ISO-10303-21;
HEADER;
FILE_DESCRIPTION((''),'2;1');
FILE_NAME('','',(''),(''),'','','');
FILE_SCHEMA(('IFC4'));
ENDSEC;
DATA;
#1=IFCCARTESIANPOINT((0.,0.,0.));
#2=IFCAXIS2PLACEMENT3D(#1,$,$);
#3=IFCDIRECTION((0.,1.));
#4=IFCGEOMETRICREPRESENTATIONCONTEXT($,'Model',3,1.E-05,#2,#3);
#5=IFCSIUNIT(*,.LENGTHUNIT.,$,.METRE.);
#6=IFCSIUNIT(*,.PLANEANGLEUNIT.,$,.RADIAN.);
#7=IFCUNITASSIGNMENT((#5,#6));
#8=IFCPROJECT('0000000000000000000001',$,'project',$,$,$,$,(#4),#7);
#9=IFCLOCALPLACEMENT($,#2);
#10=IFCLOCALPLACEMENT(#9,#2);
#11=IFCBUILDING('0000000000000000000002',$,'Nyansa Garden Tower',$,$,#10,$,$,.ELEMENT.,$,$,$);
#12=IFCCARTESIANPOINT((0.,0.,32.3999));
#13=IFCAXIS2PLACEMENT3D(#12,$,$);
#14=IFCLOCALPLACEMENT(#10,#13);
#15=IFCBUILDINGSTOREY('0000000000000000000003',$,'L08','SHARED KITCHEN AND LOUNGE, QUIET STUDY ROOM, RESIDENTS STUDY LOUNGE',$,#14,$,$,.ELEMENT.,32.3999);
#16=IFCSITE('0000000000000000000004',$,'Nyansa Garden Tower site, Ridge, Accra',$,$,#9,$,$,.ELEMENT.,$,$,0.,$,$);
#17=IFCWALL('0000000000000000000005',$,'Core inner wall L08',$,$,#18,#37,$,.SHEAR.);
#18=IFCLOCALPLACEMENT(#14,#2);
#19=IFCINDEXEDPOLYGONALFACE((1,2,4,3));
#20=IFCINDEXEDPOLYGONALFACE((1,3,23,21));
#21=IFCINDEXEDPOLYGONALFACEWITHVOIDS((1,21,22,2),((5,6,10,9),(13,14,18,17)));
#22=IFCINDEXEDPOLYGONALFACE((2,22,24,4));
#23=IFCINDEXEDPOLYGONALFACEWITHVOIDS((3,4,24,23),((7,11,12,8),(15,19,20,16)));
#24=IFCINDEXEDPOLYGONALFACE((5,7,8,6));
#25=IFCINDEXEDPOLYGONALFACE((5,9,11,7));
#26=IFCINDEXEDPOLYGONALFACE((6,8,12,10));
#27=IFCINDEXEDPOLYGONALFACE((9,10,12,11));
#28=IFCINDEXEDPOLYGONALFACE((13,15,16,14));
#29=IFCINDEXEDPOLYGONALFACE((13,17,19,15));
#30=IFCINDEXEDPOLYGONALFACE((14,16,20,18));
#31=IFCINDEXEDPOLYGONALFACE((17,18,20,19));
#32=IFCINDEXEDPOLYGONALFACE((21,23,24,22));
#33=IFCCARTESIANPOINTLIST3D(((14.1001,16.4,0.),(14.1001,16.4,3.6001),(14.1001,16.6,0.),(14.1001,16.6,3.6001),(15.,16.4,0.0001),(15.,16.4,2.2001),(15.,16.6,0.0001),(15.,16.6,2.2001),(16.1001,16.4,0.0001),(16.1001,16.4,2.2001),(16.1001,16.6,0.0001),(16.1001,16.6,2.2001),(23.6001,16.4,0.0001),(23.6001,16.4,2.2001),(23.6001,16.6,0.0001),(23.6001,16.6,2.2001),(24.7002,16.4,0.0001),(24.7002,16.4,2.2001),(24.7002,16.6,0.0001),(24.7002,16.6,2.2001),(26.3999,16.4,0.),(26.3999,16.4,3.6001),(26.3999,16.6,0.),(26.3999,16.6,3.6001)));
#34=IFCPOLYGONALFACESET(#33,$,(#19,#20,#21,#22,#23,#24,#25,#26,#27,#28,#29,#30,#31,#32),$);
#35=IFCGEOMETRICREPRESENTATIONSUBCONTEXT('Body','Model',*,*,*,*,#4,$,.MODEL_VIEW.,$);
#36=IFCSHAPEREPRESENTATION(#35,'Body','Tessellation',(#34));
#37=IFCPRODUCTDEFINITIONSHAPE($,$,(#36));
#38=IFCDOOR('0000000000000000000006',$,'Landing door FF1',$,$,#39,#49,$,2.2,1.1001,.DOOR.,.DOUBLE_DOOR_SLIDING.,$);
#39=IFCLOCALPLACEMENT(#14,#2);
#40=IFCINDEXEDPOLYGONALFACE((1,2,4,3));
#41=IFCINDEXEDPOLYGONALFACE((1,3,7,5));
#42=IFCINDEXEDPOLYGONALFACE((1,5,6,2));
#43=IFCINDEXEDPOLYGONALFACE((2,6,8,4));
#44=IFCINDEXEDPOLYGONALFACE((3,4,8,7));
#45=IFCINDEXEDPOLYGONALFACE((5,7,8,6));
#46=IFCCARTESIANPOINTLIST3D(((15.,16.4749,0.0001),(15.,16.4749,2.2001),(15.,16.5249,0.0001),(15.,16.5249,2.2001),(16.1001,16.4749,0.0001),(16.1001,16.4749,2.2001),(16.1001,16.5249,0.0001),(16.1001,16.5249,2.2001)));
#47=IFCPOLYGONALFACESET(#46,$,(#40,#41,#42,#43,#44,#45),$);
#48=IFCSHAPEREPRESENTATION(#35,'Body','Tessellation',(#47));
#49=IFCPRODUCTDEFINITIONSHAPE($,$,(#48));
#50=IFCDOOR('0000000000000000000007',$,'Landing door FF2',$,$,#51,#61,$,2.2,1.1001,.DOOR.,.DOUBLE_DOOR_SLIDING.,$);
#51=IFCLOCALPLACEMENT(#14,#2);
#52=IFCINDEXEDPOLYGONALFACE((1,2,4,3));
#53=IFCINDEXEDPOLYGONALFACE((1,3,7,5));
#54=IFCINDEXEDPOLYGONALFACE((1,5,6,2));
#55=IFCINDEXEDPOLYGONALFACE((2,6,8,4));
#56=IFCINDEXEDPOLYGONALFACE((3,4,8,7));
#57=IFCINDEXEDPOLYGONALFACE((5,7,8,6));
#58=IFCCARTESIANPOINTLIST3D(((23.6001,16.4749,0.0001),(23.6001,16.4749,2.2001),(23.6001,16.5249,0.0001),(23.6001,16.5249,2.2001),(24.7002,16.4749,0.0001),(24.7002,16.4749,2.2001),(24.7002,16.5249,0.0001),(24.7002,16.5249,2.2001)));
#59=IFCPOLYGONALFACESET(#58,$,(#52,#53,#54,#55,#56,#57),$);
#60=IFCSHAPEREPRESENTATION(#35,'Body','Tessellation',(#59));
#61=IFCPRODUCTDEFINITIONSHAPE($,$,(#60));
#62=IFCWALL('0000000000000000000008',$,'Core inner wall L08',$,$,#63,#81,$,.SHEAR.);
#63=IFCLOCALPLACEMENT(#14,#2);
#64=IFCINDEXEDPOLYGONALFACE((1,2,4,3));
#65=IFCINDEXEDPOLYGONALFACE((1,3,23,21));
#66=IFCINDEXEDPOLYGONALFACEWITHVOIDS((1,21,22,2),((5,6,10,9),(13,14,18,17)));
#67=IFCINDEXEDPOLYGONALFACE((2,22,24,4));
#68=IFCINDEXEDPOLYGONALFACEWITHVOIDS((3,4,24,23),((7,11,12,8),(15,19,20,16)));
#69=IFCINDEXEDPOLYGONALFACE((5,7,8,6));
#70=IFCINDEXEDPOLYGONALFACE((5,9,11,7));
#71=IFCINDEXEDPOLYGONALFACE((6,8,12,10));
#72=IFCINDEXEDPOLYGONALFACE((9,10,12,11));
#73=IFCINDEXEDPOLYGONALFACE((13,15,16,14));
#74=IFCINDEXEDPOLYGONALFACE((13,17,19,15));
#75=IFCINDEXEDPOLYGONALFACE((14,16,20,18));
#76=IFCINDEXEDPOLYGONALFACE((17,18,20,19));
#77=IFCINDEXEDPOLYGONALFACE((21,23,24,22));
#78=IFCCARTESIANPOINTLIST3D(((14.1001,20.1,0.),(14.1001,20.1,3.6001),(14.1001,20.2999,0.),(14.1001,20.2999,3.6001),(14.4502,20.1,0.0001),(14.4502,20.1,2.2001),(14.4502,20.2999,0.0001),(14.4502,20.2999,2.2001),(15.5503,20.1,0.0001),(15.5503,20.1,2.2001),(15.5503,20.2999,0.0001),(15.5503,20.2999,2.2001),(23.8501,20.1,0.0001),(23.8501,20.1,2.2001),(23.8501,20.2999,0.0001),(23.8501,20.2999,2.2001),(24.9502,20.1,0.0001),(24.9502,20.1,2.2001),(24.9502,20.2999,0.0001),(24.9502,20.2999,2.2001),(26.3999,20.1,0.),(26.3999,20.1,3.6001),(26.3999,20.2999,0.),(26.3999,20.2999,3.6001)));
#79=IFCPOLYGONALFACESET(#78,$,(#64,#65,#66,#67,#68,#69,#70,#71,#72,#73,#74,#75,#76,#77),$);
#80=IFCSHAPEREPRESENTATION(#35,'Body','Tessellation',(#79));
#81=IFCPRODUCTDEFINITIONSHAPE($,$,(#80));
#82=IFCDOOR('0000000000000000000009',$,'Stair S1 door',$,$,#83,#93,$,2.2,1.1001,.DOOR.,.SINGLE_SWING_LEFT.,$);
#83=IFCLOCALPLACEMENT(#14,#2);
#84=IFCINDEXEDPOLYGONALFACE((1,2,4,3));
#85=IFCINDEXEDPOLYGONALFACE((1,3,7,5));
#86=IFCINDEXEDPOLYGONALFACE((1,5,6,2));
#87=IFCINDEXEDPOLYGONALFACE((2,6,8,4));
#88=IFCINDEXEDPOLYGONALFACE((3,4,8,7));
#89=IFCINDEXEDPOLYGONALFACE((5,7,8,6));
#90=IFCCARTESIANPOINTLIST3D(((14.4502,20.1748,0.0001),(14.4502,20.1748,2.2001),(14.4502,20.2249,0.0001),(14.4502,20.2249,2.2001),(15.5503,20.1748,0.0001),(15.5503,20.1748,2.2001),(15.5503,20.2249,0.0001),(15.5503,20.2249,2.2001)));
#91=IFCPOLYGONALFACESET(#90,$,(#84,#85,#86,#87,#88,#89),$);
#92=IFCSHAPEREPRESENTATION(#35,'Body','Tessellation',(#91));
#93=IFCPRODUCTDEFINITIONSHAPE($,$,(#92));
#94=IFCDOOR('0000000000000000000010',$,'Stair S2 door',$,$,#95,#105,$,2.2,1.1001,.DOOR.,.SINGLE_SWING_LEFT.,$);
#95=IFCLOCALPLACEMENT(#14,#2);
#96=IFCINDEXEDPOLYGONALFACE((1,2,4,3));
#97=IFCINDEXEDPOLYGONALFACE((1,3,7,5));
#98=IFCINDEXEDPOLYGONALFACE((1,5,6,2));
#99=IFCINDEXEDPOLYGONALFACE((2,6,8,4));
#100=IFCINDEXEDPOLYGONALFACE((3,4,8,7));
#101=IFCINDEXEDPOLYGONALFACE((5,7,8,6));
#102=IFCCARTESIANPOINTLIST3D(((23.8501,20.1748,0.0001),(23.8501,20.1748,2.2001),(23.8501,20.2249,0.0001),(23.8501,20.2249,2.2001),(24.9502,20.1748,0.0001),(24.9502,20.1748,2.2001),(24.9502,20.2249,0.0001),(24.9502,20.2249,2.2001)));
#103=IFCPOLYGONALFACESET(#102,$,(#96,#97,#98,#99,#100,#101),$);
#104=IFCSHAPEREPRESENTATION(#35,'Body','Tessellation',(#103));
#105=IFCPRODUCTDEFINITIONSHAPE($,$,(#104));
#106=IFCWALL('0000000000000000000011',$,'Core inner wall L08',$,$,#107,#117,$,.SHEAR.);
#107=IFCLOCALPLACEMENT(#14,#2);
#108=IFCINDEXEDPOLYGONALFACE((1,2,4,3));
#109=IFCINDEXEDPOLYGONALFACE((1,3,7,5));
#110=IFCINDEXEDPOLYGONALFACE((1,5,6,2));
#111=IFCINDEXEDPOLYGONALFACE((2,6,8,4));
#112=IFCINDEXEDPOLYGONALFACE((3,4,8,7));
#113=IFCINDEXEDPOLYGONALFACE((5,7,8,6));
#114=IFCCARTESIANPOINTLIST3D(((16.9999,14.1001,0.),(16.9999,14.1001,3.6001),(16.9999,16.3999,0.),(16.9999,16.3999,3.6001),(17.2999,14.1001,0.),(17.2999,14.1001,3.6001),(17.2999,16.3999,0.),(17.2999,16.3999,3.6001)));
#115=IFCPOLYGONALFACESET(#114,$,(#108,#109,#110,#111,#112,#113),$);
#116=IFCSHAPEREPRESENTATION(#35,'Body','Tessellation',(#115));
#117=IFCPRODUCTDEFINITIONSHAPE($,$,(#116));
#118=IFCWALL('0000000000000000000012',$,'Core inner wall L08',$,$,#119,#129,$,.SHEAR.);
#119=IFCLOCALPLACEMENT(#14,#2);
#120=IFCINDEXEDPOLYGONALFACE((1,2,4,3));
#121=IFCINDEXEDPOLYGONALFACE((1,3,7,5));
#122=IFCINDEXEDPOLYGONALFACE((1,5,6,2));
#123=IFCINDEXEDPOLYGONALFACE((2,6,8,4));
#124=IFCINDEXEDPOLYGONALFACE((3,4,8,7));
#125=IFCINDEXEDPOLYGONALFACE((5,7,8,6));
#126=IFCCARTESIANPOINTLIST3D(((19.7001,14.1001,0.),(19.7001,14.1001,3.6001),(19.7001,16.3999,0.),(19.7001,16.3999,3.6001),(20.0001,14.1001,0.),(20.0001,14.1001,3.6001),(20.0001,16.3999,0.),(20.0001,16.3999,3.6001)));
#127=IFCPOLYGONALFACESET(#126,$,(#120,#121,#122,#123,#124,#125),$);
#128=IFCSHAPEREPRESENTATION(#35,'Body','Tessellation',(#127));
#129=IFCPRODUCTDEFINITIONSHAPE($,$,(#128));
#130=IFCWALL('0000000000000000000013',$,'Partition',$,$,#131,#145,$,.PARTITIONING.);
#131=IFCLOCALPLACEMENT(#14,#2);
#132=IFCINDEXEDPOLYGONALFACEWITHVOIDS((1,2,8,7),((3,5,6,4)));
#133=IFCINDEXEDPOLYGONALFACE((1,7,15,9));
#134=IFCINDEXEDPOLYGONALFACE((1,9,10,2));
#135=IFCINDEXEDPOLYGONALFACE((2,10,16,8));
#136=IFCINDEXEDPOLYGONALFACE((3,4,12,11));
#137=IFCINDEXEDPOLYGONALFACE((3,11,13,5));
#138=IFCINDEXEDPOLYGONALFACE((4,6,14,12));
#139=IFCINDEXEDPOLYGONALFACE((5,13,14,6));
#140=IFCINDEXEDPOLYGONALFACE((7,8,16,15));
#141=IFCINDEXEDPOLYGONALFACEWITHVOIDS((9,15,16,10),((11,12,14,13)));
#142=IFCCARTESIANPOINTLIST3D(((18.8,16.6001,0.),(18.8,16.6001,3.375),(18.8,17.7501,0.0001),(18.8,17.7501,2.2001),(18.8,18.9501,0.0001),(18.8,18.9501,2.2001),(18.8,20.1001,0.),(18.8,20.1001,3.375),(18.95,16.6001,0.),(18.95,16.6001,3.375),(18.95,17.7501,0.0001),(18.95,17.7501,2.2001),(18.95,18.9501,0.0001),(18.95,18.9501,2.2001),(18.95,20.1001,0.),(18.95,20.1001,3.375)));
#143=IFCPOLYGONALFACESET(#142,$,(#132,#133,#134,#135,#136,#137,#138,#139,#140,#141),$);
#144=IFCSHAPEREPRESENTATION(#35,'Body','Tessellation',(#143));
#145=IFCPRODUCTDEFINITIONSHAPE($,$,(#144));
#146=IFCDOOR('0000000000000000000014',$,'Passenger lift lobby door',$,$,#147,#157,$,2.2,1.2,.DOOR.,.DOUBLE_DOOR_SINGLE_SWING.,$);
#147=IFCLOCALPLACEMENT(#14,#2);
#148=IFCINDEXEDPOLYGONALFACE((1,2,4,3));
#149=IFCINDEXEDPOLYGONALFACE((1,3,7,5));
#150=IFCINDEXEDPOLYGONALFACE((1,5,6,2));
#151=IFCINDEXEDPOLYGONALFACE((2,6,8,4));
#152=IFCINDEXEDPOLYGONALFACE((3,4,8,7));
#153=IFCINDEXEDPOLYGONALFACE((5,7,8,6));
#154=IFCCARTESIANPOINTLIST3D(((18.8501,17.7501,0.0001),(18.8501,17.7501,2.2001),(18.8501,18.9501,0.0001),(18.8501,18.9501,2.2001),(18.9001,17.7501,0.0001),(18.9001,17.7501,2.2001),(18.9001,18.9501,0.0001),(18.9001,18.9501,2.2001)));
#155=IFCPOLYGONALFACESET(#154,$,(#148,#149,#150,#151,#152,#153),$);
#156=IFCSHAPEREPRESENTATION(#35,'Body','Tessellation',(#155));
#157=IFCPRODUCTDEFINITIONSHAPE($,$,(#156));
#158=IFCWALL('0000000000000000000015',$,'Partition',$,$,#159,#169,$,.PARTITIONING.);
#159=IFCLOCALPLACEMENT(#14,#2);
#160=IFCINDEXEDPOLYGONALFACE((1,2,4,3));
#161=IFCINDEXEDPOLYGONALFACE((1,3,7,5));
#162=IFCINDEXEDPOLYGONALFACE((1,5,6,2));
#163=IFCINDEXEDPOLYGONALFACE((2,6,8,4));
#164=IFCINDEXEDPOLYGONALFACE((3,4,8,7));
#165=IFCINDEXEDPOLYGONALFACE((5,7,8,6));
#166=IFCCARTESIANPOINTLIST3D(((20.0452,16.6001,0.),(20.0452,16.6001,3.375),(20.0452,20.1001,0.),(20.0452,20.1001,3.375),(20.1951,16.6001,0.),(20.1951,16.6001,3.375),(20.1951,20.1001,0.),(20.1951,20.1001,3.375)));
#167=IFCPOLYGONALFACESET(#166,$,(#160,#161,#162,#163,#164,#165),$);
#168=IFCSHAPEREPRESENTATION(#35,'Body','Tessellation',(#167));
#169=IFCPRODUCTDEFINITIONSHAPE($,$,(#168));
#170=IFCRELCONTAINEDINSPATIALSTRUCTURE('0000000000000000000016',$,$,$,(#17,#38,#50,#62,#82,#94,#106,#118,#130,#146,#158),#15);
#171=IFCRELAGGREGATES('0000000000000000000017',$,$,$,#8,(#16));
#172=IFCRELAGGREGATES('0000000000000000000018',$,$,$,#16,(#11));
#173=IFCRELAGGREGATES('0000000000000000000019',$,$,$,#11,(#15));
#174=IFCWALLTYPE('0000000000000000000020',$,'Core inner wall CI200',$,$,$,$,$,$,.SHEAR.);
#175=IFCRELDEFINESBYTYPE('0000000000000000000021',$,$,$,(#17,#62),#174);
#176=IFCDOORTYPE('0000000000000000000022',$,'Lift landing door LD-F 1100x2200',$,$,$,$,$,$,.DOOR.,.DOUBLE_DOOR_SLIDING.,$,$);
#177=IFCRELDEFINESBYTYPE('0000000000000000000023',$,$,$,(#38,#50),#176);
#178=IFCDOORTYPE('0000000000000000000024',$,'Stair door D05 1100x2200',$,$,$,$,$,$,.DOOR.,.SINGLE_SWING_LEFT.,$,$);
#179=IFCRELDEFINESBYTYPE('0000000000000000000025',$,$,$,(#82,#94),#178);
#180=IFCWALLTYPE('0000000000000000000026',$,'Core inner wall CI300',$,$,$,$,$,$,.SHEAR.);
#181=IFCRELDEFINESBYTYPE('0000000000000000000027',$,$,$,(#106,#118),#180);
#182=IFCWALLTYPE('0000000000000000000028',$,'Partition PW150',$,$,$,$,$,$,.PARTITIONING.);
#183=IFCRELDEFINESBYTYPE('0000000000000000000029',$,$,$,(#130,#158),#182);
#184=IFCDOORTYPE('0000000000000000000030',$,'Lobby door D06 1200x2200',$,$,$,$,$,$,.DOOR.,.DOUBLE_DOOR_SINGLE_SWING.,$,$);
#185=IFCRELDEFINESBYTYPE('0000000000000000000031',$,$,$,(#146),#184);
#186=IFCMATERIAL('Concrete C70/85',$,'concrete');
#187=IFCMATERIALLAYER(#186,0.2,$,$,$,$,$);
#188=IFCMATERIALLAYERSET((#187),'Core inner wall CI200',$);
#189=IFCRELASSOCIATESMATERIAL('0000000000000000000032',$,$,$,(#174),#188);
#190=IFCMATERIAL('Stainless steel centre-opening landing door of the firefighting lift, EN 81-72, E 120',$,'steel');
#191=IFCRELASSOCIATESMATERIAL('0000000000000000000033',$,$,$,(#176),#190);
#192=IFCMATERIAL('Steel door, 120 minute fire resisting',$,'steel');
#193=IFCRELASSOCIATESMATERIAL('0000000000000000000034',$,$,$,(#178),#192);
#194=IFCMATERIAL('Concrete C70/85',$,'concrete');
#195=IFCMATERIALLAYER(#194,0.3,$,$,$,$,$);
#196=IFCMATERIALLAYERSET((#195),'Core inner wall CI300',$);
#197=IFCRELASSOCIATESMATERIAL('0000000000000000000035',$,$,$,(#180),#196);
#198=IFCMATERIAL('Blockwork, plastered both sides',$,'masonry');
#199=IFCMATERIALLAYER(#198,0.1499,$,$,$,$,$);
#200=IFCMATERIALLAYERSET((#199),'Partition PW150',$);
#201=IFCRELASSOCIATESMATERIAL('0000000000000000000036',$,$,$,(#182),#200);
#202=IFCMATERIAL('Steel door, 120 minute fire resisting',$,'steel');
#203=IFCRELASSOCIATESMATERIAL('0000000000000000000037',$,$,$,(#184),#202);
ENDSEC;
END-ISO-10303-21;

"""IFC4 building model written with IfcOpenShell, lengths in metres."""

from ifc_helpers import new_model, si_unit, direction, frame, frame_2d, origin, place, context, subcontext, project, spatial, rectangle, extrude, material, layer, layer_set, type_object, element, fill, save


model = new_model("IFC4")

# Units and contexts
model_context = context("Model", 3, precision=1e-05, world=origin(), true_north=direction((0.0, 1.0)))
body_context = subcontext(model_context, "Body", "Model", "MODEL_VIEW")
ifc_project = project(units=[si_unit("LENGTHUNIT", "METRE"), si_unit("PLANEANGLEUNIT", "RADIAN")], contexts=[model_context])

# Site, building, storey
site_placement = place(None, origin())
site = spatial("IfcSite", under=ifc_project, at=site_placement, Name="Nyansa Garden Tower site, Ridge, Accra", CompositionType="ELEMENT", RefElevation=0.0)
building_placement = place(site_placement, origin())
building = spatial("IfcBuilding", under=site, at=building_placement, Name="Nyansa Garden Tower", CompositionType="ELEMENT")
storey_placement = place(building_placement, frame((0.0, 0.0, 32.3999)))
storey = spatial("IfcBuildingStorey", under=building, at=storey_placement, Name="L08", Description="SHARED KITCHEN AND LOUNGE, QUIET STUDY ROOM, RESIDENTS STUDY LOUNGE", CompositionType="ELEMENT", Elevation=32.3999)

# Walls, openings, doors
ifc_material_1 = material(Name="Concrete C70/85", Category="concrete")
ifc_layer_1 = layer(ifc_material_1, 0.2)
ifc_layer_set_1 = layer_set([ifc_layer_1], Name="Core inner wall CI200")
wall_type_1 = type_object("IfcWallType", Name="Core inner wall CI200", PredefinedType="SHEAR", material=ifc_layer_set_1)
wall_1_placement = place(storey_placement, frame((14.1001, 16.5, 0.0), z_axis=(0.0, 0.0, 1.0), x_axis=(1.0, 0.0, 0.0)))
wall_1 = element("IfcWall", 1, at=wall_1_placement, inside=storey, type_object=wall_type_1, Name="Core inner wall L08", PredefinedType="SHEAR", context=body_context, shape_type="SweptSolid", body=[
    extrude(rectangle(XDim=12.2998, YDim=0.2, at=frame_2d((6.1499, 0.0))), origin(), (0.0, 0.0, 1.0), 3.6001),
])
opening_1_placement = place(wall_1_placement, frame((0.8999, 0.0, 0.0)))
opening_1 = element("IfcOpeningElement", 2, at=opening_1_placement, cuts=wall_1, PredefinedType="OPENING", context=body_context, shape_type="SweptSolid", body=[
    extrude(rectangle(XDim=1.1001, YDim=2.2, at=frame_2d((0.55, 1.1001))), frame((0.0, 0.1099, 0.0), z_axis=(0.0, -1.0, 0.0), x_axis=(1.0, 0.0, 0.0)), (0.0, 0.0, 1.0), 0.22),
])
opening_2_placement = place(wall_1_placement, frame((9.5, 0.0, 0.0)))
opening_2 = element("IfcOpeningElement", 3, at=opening_2_placement, cuts=wall_1, PredefinedType="OPENING", context=body_context, shape_type="SweptSolid", body=[
    extrude(rectangle(XDim=1.1001, YDim=2.2, at=frame_2d((0.55, 1.1001))), frame((0.0, 0.1099, 0.0), z_axis=(0.0, -1.0, 0.0), x_axis=(1.0, 0.0, 0.0)), (0.0, 0.0, 1.0), 0.22),
])
ifc_material_2 = material(Name="Stainless steel centre-opening landing door of the firefighting lift, EN 81-72, E 120", Category="steel")
door_type_1 = type_object("IfcDoorType", Name="Lift landing door LD-F 1100x2200", OperationType="DOUBLE_DOOR_SLIDING", PredefinedType="DOOR", material=ifc_material_2)
door_1_placement = place(opening_1_placement, origin())
door_1 = element("IfcDoor", 4, at=door_1_placement, inside=storey, type_object=door_type_1, Name="Landing door FF1", OperationType="DOUBLE_DOOR_SLIDING", OverallHeight=2.2, OverallWidth=1.1001, PredefinedType="DOOR", context=body_context, shape_type="SweptSolid", body=[
    extrude(rectangle(XDim=1.1001, YDim=2.2, at=frame_2d((0.55, 1.1001))), frame((0.0, 0.0249, 0.0), z_axis=(0.0, -1.0, 0.0), x_axis=(1.0, 0.0, 0.0)), (0.0, 0.0, 1.0), 0.05),
])
fill(opening_1, door_1)
door_2_placement = place(opening_2_placement, origin())
door_2 = element("IfcDoor", 5, at=door_2_placement, inside=storey, type_object=door_type_1, Name="Landing door FF2", OperationType="DOUBLE_DOOR_SLIDING", OverallHeight=2.2, OverallWidth=1.1001, PredefinedType="DOOR", context=body_context, shape_type="SweptSolid", body=[
    extrude(rectangle(XDim=1.1001, YDim=2.2, at=frame_2d((0.55, 1.1001))), frame((0.0, 0.0249, 0.0), z_axis=(0.0, -1.0, 0.0), x_axis=(1.0, 0.0, 0.0)), (0.0, 0.0, 1.0), 0.05),
])
fill(opening_2, door_2)
wall_2_placement = place(storey_placement, frame((14.1001, 20.2, 0.0), z_axis=(0.0, 0.0, 1.0), x_axis=(1.0, 0.0, 0.0)))
wall_2 = element("IfcWall", 6, at=wall_2_placement, inside=storey, type_object=wall_type_1, Name="Core inner wall L08", PredefinedType="SHEAR", context=body_context, shape_type="SweptSolid", body=[
    extrude(rectangle(XDim=12.2998, YDim=0.2, at=frame_2d((6.1499, 0.0))), origin(), (0.0, 0.0, 1.0), 3.6001),
])
opening_3_placement = place(wall_2_placement, frame((0.3501, 0.0, 0.0)))
opening_3 = element("IfcOpeningElement", 7, at=opening_3_placement, cuts=wall_2, PredefinedType="OPENING", context=body_context, shape_type="SweptSolid", body=[
    extrude(rectangle(XDim=1.1001, YDim=2.2, at=frame_2d((0.55, 1.1001))), frame((0.0, 0.1099, 0.0), z_axis=(0.0, -1.0, 0.0), x_axis=(1.0, 0.0, 0.0)), (0.0, 0.0, 1.0), 0.22),
])
opening_4_placement = place(wall_2_placement, frame((9.75, 0.0, 0.0)))
opening_4 = element("IfcOpeningElement", 8, at=opening_4_placement, cuts=wall_2, PredefinedType="OPENING", context=body_context, shape_type="SweptSolid", body=[
    extrude(rectangle(XDim=1.1001, YDim=2.2, at=frame_2d((0.55, 1.1001))), frame((0.0, 0.1099, 0.0), z_axis=(0.0, -1.0, 0.0), x_axis=(1.0, 0.0, 0.0)), (0.0, 0.0, 1.0), 0.22),
])
ifc_material_3 = material(Name="Steel door, 120 minute fire resisting", Category="steel")
door_type_2 = type_object("IfcDoorType", Name="Stair door D05 1100x2200", OperationType="SINGLE_SWING_LEFT", PredefinedType="DOOR", material=ifc_material_3)
door_3_placement = place(opening_3_placement, origin())
door_3 = element("IfcDoor", 9, at=door_3_placement, inside=storey, type_object=door_type_2, Name="Stair S1 door", OperationType="SINGLE_SWING_LEFT", OverallHeight=2.2, OverallWidth=1.1001, PredefinedType="DOOR", context=body_context, shape_type="SweptSolid", body=[
    extrude(rectangle(XDim=1.1001, YDim=2.2, at=frame_2d((0.55, 1.1001))), frame((0.0, 0.0249, 0.0), z_axis=(0.0, -1.0, 0.0), x_axis=(1.0, 0.0, 0.0)), (0.0, 0.0, 1.0), 0.05),
])
fill(opening_3, door_3)
door_4_placement = place(opening_4_placement, origin())
door_4 = element("IfcDoor", 10, at=door_4_placement, inside=storey, type_object=door_type_2, Name="Stair S2 door", OperationType="SINGLE_SWING_LEFT", OverallHeight=2.2, OverallWidth=1.1001, PredefinedType="DOOR", context=body_context, shape_type="SweptSolid", body=[
    extrude(rectangle(XDim=1.1001, YDim=2.2, at=frame_2d((0.55, 1.1001))), frame((0.0, 0.0249, 0.0), z_axis=(0.0, -1.0, 0.0), x_axis=(1.0, 0.0, 0.0)), (0.0, 0.0, 1.0), 0.05),
])
fill(opening_4, door_4)

# Walls
ifc_material_4 = material(Name="Concrete C70/85", Category="concrete")
ifc_layer_2 = layer(ifc_material_4, 0.3)
ifc_layer_set_2 = layer_set([ifc_layer_2], Name="Core inner wall CI300")
wall_type_2 = type_object("IfcWallType", Name="Core inner wall CI300", PredefinedType="SHEAR", material=ifc_layer_set_2)
for number, where, z_axis, x_axis, name in (
    (11, (17.1499, 14.1001, 0.0), (0.0, 0.0, 1.0), (0.0, 1.0, 0.0), "Core inner wall L08"),
    (12, (19.8501, 14.1001, 0.0), (0.0, 0.0, 1.0), (0.0, 1.0, 0.0), "Core inner wall L08"),
):
    element("IfcWall", number, at=place(storey_placement, frame(where, z_axis=z_axis, x_axis=x_axis)), inside=storey, type_object=wall_type_2, Name=name, PredefinedType="SHEAR", context=body_context, shape_type="SweptSolid", body=[
        extrude(rectangle(XDim=2.2998, YDim=0.3, at=frame_2d((1.1499, 0.0))), origin(), (0.0, 0.0, 1.0), 3.6001),
    ])

# Wall, opening, door
ifc_material_5 = material(Name="Blockwork, plastered both sides", Category="masonry")
ifc_layer_3 = layer(ifc_material_5, 0.1499)
ifc_layer_set_3 = layer_set([ifc_layer_3], Name="Partition PW150")
wall_type_3 = type_object("IfcWallType", Name="Partition PW150", PredefinedType="PARTITIONING", material=ifc_layer_set_3)
wall_3_placement = place(storey_placement, frame((18.875, 16.6001, 0.0), z_axis=(0.0, 0.0, 1.0), x_axis=(0.0, 1.0, 0.0)))
wall_3 = element("IfcWall", 13, at=wall_3_placement, inside=storey, type_object=wall_type_3, Name="Partition", PredefinedType="PARTITIONING", context=body_context, shape_type="SweptSolid", body=[
    extrude(rectangle(XDim=3.5, YDim=0.1499, at=frame_2d((1.75, 0.0))), origin(), (0.0, 0.0, 1.0), 3.375),
])
opening_5_placement = place(wall_3_placement, frame((1.1499, 0.0, 0.0)))
opening_5 = element("IfcOpeningElement", 14, at=opening_5_placement, cuts=wall_3, PredefinedType="OPENING", context=body_context, shape_type="SweptSolid", body=[
    extrude(rectangle(XDim=1.2, YDim=2.2, at=frame_2d((0.6001, 1.1001))), frame((0.0, 0.085, 0.0), z_axis=(0.0, -1.0, 0.0), x_axis=(1.0, 0.0, 0.0)), (0.0, 0.0, 1.0), 0.1699),
])
ifc_material_6 = material(Name="Steel door, 120 minute fire resisting", Category="steel")
door_type_3 = type_object("IfcDoorType", Name="Lobby door D06 1200x2200", OperationType="DOUBLE_DOOR_SINGLE_SWING", PredefinedType="DOOR", material=ifc_material_6)
door_5_placement = place(opening_5_placement, origin())
door_5 = element("IfcDoor", 15, at=door_5_placement, inside=storey, type_object=door_type_3, Name="Passenger lift lobby door", OperationType="DOUBLE_DOOR_SINGLE_SWING", OverallHeight=2.2, OverallWidth=1.2, PredefinedType="DOOR", context=body_context, shape_type="SweptSolid", body=[
    extrude(rectangle(XDim=1.2, YDim=2.2, at=frame_2d((0.6001, 1.1001))), frame((0.0, 0.0249, 0.0), z_axis=(0.0, -1.0, 0.0), x_axis=(1.0, 0.0, 0.0)), (0.0, 0.0, 1.0), 0.05),
])
fill(opening_5, door_5)

# Wall
wall_4_placement = place(storey_placement, frame((20.1201, 16.6001, 0.0), z_axis=(0.0, 0.0, 1.0), x_axis=(0.0, 1.0, 0.0)))
element("IfcWall", 16, at=wall_4_placement, inside=storey, type_object=wall_type_3, Name="Partition", PredefinedType="PARTITIONING", context=body_context, shape_type="SweptSolid", body=[
    extrude(rectangle(XDim=3.5, YDim=0.1499, at=frame_2d((1.75, 0.0))), origin(), (0.0, 0.0, 1.0), 3.375),
])

save(model, "model.ifc")
